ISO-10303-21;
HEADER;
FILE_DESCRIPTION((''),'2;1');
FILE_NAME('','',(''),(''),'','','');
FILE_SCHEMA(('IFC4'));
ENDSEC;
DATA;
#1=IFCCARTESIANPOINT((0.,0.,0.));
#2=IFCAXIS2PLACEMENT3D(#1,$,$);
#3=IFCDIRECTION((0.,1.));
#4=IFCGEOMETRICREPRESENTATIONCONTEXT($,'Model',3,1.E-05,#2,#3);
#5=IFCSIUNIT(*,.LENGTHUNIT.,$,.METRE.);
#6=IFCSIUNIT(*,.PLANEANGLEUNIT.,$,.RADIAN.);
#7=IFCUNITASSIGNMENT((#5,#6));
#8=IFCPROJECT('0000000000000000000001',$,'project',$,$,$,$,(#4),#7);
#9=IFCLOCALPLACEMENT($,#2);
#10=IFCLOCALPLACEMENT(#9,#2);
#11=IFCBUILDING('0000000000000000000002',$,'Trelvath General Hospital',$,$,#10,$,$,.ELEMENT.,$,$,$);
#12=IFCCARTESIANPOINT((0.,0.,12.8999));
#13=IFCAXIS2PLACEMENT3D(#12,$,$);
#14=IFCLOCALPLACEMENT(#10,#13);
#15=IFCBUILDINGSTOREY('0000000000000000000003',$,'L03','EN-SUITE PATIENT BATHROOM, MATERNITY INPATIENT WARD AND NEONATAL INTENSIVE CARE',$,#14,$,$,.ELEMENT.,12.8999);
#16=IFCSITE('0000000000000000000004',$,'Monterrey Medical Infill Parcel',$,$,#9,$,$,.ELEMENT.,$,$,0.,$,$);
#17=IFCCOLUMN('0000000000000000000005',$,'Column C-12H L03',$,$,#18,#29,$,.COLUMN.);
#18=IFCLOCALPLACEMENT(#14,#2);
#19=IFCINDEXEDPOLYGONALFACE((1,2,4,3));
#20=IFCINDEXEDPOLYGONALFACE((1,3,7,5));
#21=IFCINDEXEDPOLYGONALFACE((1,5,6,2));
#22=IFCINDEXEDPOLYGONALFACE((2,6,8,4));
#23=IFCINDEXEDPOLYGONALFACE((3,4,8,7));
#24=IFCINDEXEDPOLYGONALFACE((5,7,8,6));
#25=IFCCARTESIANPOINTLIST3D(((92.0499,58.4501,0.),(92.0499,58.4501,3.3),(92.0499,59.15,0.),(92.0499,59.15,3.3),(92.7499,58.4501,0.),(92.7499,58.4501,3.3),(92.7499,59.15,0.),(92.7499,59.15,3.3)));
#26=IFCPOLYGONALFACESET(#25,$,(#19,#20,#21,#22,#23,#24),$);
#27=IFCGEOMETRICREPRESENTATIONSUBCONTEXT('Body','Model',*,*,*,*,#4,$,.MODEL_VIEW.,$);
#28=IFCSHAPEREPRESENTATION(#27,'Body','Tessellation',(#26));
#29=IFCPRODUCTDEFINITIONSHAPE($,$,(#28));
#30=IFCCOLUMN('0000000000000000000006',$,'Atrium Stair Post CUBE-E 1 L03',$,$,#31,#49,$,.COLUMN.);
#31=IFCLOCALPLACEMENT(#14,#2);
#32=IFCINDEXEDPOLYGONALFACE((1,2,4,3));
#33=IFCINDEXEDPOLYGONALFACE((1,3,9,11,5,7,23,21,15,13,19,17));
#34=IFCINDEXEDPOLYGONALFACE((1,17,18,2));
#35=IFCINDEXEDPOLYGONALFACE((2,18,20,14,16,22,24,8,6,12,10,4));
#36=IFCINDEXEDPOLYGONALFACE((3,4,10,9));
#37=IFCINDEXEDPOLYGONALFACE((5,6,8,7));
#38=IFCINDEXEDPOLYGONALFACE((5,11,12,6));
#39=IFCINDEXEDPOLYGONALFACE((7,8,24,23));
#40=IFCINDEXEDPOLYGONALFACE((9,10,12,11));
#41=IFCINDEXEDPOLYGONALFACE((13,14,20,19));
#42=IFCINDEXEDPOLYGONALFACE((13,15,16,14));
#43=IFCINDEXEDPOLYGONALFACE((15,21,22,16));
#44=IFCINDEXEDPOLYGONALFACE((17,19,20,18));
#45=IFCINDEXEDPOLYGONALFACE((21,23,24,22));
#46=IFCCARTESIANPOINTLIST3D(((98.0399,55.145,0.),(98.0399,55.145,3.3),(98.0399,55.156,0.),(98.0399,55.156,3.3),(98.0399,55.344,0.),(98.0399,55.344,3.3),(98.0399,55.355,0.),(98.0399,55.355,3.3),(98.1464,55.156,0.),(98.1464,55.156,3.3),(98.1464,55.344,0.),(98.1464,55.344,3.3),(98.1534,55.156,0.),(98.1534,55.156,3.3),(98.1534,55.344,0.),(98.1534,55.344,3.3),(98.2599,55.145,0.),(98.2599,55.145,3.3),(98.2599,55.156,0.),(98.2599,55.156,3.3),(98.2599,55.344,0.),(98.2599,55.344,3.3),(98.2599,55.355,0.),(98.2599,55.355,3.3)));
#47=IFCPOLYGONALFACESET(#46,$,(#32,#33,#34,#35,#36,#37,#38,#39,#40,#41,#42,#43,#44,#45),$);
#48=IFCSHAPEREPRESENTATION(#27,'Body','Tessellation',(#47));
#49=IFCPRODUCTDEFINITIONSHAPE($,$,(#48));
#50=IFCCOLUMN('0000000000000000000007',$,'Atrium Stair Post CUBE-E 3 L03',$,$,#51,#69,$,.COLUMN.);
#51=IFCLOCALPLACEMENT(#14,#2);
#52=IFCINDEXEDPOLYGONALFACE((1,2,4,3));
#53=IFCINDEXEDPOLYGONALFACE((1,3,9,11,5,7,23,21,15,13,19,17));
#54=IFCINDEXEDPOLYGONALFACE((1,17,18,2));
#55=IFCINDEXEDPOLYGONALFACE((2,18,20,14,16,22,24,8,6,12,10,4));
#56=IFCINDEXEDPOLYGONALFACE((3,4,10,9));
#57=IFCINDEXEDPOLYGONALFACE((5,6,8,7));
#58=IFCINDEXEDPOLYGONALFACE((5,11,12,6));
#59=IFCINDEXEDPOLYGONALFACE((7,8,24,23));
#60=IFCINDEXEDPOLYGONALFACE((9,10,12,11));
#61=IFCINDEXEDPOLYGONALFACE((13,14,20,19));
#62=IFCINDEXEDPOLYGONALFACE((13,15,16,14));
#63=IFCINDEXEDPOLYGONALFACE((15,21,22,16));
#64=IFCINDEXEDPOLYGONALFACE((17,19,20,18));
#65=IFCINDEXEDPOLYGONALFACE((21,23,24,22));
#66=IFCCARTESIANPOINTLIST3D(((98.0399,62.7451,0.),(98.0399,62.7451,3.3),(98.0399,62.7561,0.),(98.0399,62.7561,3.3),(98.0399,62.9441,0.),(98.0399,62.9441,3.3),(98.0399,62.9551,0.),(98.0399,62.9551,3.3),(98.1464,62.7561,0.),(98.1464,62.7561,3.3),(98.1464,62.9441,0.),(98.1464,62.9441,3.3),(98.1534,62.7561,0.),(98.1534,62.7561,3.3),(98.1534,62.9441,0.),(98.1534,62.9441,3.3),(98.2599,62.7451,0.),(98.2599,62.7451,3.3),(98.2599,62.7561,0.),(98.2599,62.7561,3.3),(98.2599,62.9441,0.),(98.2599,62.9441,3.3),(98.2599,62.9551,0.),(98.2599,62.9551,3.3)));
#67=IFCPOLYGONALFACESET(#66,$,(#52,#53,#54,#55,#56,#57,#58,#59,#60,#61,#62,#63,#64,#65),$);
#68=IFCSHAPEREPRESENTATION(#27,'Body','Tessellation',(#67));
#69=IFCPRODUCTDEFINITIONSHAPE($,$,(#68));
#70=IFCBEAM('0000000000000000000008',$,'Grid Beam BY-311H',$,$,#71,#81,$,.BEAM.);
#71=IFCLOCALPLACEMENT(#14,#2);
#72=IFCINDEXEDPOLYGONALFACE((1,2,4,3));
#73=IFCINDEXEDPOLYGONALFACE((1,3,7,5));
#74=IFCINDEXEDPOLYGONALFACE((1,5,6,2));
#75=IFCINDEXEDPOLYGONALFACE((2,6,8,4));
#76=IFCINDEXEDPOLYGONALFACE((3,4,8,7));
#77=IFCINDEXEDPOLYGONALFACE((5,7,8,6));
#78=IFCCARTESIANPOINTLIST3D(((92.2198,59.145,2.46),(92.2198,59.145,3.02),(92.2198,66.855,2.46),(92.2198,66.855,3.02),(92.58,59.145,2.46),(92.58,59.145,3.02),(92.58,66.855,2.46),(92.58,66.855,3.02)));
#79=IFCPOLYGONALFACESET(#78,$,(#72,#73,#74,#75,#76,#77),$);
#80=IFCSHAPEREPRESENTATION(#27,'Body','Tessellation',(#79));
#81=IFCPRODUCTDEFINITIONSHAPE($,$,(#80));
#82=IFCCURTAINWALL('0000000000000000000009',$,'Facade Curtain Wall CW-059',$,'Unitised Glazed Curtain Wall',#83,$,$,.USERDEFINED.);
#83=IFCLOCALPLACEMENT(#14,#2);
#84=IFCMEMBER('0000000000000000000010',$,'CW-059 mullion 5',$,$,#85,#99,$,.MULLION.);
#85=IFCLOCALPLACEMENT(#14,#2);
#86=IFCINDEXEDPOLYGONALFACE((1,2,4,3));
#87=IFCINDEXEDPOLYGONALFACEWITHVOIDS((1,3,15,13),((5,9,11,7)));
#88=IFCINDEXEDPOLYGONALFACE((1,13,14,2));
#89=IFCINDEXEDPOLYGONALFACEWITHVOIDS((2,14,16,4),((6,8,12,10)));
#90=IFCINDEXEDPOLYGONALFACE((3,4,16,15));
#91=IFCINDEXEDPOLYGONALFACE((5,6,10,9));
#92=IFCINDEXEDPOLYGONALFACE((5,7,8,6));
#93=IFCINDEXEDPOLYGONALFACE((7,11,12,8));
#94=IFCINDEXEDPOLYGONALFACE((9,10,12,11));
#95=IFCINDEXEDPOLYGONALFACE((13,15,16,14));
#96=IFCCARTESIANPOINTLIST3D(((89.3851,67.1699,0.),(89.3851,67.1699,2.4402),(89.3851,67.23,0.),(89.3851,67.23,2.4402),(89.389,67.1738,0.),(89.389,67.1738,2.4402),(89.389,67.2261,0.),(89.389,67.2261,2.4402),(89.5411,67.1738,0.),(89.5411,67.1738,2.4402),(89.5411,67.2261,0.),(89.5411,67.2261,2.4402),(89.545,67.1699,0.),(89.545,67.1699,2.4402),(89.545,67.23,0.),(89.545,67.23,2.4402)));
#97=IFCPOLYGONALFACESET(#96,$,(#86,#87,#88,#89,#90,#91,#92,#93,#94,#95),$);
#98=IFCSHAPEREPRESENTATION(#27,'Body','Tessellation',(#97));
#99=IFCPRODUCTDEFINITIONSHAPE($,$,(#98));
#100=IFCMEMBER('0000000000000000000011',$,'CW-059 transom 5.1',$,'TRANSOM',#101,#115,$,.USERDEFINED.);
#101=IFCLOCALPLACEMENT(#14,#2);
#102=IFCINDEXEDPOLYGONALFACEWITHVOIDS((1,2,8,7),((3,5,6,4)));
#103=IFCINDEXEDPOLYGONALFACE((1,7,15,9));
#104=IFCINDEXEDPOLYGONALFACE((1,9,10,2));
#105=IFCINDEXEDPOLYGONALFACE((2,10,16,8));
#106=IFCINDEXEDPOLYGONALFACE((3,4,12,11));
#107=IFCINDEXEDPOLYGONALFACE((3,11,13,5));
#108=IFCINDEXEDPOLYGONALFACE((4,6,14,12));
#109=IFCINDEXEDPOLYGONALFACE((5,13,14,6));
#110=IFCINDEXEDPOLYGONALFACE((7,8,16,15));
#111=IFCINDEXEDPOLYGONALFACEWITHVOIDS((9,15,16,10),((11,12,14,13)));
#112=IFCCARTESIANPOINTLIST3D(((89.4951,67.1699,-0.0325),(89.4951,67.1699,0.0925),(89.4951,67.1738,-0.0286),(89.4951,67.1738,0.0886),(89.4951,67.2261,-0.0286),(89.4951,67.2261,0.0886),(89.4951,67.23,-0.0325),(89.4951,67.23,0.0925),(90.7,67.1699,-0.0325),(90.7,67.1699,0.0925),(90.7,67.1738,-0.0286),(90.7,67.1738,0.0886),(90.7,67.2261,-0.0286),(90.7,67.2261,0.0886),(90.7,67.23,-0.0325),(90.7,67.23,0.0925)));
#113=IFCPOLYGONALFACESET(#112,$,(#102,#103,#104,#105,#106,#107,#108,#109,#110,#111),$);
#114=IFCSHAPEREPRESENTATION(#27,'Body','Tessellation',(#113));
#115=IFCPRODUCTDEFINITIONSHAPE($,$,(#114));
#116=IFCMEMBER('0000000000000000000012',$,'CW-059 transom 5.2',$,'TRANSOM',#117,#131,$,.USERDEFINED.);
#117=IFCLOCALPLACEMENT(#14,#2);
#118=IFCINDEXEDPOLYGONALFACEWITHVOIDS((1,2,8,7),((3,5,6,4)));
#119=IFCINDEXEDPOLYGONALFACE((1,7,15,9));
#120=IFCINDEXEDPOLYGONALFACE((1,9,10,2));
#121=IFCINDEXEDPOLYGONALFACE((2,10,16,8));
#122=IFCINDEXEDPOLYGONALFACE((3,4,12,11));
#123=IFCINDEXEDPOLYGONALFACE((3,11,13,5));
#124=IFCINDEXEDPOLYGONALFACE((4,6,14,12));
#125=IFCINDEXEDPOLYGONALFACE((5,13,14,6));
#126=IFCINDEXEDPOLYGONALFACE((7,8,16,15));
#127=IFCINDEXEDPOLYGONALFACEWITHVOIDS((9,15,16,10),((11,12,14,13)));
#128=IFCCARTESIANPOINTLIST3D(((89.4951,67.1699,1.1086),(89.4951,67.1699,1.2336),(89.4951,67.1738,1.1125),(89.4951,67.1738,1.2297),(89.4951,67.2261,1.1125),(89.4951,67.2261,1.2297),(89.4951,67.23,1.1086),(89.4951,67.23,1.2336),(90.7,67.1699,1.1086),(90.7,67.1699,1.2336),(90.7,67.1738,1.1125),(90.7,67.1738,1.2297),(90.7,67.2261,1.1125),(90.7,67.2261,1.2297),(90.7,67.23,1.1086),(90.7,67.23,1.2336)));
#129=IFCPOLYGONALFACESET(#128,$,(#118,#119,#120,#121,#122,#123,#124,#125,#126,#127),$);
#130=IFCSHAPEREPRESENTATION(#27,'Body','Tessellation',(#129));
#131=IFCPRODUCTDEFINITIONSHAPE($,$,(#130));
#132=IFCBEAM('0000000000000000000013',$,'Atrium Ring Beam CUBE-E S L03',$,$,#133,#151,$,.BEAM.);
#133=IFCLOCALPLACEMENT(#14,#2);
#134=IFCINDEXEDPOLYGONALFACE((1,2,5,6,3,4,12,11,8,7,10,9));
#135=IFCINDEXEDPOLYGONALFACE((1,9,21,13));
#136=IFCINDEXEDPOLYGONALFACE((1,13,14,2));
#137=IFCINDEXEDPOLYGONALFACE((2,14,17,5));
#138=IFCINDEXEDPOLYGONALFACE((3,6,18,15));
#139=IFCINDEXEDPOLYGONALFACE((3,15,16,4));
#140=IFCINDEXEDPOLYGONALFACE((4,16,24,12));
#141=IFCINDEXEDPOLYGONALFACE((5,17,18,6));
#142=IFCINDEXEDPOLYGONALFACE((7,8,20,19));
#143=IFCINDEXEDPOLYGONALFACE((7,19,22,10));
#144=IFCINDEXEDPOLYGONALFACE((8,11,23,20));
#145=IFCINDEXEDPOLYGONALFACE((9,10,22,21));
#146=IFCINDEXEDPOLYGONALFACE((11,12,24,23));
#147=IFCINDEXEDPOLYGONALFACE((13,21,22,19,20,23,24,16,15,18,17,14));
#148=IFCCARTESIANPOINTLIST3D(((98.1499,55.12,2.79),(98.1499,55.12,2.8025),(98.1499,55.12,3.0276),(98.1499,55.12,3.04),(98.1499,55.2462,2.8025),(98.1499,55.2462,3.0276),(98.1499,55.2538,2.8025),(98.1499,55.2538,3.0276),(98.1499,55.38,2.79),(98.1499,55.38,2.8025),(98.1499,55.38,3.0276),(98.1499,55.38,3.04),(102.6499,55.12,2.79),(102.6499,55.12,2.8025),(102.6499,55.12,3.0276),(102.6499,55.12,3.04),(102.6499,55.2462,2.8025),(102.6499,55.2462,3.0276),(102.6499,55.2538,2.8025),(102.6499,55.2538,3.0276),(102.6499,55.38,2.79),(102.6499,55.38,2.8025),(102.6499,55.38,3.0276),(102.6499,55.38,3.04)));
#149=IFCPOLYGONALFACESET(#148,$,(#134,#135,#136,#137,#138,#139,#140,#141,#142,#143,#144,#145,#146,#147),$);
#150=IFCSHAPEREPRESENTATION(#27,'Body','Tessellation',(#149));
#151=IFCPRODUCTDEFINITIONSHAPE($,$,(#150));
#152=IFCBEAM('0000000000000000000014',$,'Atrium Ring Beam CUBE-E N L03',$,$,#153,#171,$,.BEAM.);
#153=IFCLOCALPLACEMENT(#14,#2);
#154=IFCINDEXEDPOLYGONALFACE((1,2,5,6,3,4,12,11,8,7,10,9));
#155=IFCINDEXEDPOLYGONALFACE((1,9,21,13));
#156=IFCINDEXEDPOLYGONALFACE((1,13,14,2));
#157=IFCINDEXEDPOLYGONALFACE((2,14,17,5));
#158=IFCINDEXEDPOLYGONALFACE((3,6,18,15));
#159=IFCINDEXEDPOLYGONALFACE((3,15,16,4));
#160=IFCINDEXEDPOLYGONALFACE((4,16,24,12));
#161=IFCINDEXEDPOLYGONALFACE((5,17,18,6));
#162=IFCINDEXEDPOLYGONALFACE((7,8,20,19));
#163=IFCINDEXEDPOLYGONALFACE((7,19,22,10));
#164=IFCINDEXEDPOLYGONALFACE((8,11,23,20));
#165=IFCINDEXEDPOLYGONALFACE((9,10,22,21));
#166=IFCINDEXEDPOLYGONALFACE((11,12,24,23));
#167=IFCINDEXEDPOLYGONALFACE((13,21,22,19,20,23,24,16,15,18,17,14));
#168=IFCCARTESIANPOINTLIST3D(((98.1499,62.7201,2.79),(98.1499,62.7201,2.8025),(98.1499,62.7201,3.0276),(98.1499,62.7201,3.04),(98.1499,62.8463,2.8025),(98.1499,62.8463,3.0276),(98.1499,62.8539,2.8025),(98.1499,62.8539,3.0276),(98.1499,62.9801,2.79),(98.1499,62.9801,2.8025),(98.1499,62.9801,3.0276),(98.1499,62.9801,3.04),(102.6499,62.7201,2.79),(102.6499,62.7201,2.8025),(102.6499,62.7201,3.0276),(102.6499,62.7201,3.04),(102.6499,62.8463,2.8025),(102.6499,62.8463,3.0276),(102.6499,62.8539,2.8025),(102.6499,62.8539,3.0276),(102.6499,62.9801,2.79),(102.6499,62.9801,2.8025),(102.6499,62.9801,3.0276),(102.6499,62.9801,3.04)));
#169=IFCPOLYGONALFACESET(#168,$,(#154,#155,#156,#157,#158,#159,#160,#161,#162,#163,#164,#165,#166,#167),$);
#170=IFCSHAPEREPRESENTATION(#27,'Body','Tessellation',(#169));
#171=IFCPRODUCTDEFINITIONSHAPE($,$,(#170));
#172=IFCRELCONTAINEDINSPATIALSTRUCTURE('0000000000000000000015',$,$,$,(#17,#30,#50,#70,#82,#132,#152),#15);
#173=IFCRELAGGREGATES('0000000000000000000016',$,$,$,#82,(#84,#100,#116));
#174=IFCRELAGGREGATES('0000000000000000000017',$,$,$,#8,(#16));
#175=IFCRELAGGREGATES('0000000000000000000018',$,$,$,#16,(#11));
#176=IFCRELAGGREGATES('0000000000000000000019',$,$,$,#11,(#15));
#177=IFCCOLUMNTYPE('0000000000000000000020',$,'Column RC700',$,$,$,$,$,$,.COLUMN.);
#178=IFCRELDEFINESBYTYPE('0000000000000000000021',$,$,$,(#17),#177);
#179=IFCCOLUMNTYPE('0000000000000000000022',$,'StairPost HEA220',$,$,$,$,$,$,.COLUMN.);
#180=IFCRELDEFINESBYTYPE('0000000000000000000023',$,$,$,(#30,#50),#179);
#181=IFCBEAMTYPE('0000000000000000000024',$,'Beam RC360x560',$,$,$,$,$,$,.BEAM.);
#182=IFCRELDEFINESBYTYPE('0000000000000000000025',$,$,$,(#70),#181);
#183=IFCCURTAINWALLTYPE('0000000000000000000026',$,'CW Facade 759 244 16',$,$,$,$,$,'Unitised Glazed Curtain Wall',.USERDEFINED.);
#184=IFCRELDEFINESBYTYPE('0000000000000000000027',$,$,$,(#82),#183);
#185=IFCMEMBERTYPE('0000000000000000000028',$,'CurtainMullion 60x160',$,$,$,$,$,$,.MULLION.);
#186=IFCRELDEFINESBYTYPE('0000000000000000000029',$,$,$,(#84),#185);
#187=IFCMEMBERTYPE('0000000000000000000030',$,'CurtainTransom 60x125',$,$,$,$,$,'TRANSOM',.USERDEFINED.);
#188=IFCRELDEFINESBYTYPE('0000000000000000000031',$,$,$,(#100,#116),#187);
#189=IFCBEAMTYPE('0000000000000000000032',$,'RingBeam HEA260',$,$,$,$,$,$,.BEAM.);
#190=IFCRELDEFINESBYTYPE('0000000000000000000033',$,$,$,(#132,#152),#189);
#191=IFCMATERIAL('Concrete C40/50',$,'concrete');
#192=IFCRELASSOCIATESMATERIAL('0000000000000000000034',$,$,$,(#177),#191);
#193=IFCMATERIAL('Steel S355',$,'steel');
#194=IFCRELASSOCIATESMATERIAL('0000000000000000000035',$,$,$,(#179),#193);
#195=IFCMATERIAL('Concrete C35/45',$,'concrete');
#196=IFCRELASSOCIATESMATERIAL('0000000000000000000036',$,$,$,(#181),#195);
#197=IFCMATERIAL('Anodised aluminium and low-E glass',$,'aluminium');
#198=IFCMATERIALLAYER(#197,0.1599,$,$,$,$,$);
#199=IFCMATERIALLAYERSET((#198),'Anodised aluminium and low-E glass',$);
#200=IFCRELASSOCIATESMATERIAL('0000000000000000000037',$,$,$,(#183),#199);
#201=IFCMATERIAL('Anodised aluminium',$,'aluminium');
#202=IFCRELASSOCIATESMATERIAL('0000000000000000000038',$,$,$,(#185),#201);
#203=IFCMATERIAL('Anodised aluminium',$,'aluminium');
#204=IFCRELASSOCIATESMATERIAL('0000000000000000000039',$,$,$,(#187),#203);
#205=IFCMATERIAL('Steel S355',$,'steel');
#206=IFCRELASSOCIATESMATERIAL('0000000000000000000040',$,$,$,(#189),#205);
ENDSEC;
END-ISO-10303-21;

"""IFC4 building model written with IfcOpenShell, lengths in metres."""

from ifc_helpers import new_model, si_unit, direction, frame, origin, origin_2d, place, context, subcontext, project, spatial, rectangle, hollow_rectangle, i_section, extrude, material, layer, layer_set, material_profile, profile_set, type_object, element, aggregate, save


model = new_model("IFC4")

# Units and contexts
model_context = context("Model", 3, precision=1e-05, world=origin(), true_north=direction((0.0, 1.0)))
body_context = subcontext(model_context, "Body", "Model", "MODEL_VIEW")
ifc_project = project(units=[si_unit("LENGTHUNIT", "METRE"), si_unit("PLANEANGLEUNIT", "RADIAN")], contexts=[model_context])

# Site, building, storey
site_placement = place(None, origin())
site = spatial("IfcSite", under=ifc_project, at=site_placement, Name="Monterrey Medical Infill Parcel", CompositionType="ELEMENT", RefElevation=0.0)
building_placement = place(site_placement, origin())
building = spatial("IfcBuilding", under=site, at=building_placement, Name="Trelvath General Hospital", CompositionType="ELEMENT")
storey_placement = place(building_placement, frame((0.0, 0.0, 12.8999)))
storey = spatial("IfcBuildingStorey", under=building, at=storey_placement, Name="L03", Description="EN-SUITE PATIENT BATHROOM, MATERNITY INPATIENT WARD AND NEONATAL INTENSIVE CARE", CompositionType="ELEMENT", Elevation=12.8999)

# Columns
ifc_material_1 = material(Name="Concrete C40/50", Category="concrete")
ifc_material_profile_1 = material_profile(ifc_material_1, rectangle(XDim=0.7, YDim=0.7, at=origin_2d()), Name="RC700x700")
ifc_profile_set_1 = profile_set([ifc_material_profile_1], Name="Concrete C40/50")
column_type_1 = type_object("IfcColumnType", Name="Column RC700", PredefinedType="COLUMN", material=ifc_profile_set_1)
column_placement = place(storey_placement, frame((92.3999, 58.8, 0.0), z_axis=(0.0, 0.0, 1.0), x_axis=(1.0, 0.0, 0.0)))
element("IfcColumn", 1, at=column_placement, inside=storey, type_object=column_type_1, Name="Column C-12H L03", PredefinedType="COLUMN", context=body_context, shape_type="SweptSolid", body=[
    extrude(rectangle(XDim=0.7, YDim=0.7, at=origin_2d()), origin(), (0.0, 0.0, 1.0), 3.3),
])
ifc_material_2 = material(Name="Steel S355", Category="steel")
ifc_material_profile_2 = material_profile(ifc_material_2, i_section(OverallWidth=0.22, OverallDepth=0.21, WebThickness=0.0071, FlangeThickness=0.011, at=origin_2d()), Name="HEA220")
ifc_profile_set_2 = profile_set([ifc_material_profile_2], Name="Steel S355")
column_type_2 = type_object("IfcColumnType", Name="StairPost HEA220", PredefinedType="COLUMN", material=ifc_profile_set_2)
for number, where, z_axis, x_axis, name in (
    (2, (98.1499, 55.25, 0.0), (0.0, 0.0, 1.0), (1.0, 0.0, 0.0), "Atrium Stair Post CUBE-E 1 L03"),
    (3, (98.1499, 62.8501, 0.0), (0.0, 0.0, 1.0), (1.0, 0.0, 0.0), "Atrium Stair Post CUBE-E 3 L03"),
):
    element("IfcColumn", number, at=place(storey_placement, frame(where, z_axis=z_axis, x_axis=x_axis)), inside=storey, type_object=column_type_2, Name=name, PredefinedType="COLUMN", context=body_context, shape_type="SweptSolid", body=[
        extrude(i_section(OverallWidth=0.22, OverallDepth=0.21, WebThickness=0.0071, FlangeThickness=0.011, at=origin_2d()), origin(), (0.0, 0.0, 1.0), 3.3),
    ])

# Beam
ifc_material_3 = material(Name="Concrete C35/45", Category="concrete")
ifc_material_profile_3 = material_profile(ifc_material_3, rectangle(XDim=0.3601, YDim=0.5601, at=origin_2d()), Name="RCB360x560")
ifc_profile_set_3 = profile_set([ifc_material_profile_3], Name="Concrete C35/45")
beam_type_1 = type_object("IfcBeamType", Name="Beam RC360x560", PredefinedType="BEAM", material=ifc_profile_set_3)
beam_1_placement = place(storey_placement, frame((92.3999, 59.145, 2.74), z_axis=(0.0, 1.0, 0.0), x_axis=(-1.0, 0.0, 0.0)))
element("IfcBeam", 4, at=beam_1_placement, inside=storey, type_object=beam_type_1, Name="Grid Beam BY-311H", PredefinedType="BEAM", context=body_context, shape_type="SweptSolid", body=[
    extrude(rectangle(XDim=0.3601, YDim=0.5601, at=origin_2d()), origin(), (0.0, 0.0, 1.0), 7.71),
])

# Curtain wall, members
ifc_material_4 = material(Name="Anodised aluminium and low-E glass", Category="aluminium")
ifc_layer_1 = layer(ifc_material_4, 0.1599)
ifc_layer_set_1 = layer_set([ifc_layer_1], Name="Anodised aluminium and low-E glass")
curtain_wall_type = type_object("IfcCurtainWallType", Name="CW Facade 759 244 16", ElementType="Unitised Glazed Curtain Wall", PredefinedType="USERDEFINED", material=ifc_layer_set_1)
curtain_wall_placement = place(storey_placement, origin())
curtain_wall = element("IfcCurtainWall", 5, at=curtain_wall_placement, inside=storey, type_object=curtain_wall_type, Name="Facade Curtain Wall CW-059", ObjectType="Unitised Glazed Curtain Wall", PredefinedType="USERDEFINED")
ifc_material_5 = material(Name="Anodised aluminium", Category="aluminium")
ifc_material_profile_4 = material_profile(ifc_material_5, hollow_rectangle(XDim=0.0601, YDim=0.1599, WallThickness=0.0039, at=origin_2d()), Name="RHS60x160x4")
ifc_profile_set_4 = profile_set([ifc_material_profile_4], Name="Anodised aluminium")
member_type_1 = type_object("IfcMemberType", Name="CurtainMullion 60x160", PredefinedType="MULLION", material=ifc_profile_set_4)
member_1_placement = place(storey_placement, frame((89.4651, 67.2, 0.0), z_axis=(0.0, 0.0, 1.0), x_axis=(0.0, 1.0, 0.0)))
member_1 = element("IfcMember", 6, at=member_1_placement, type_object=member_type_1, Name="CW-059 mullion 5", PredefinedType="MULLION", context=body_context, shape_type="SweptSolid", body=[
    extrude(hollow_rectangle(XDim=0.0601, YDim=0.1599, WallThickness=0.0039, at=origin_2d()), origin(), (0.0, 0.0, 1.0), 2.4402),
])
ifc_material_6 = material(Name="Anodised aluminium", Category="aluminium")
ifc_material_profile_5 = material_profile(ifc_material_6, hollow_rectangle(XDim=0.0601, YDim=0.125, WallThickness=0.0039, at=origin_2d()), Name="RHS60x125x4")
ifc_profile_set_5 = profile_set([ifc_material_profile_5], Name="Anodised aluminium")
member_type_2 = type_object("IfcMemberType", Name="CurtainTransom 60x125", ElementType="TRANSOM", PredefinedType="USERDEFINED", material=ifc_profile_set_5)
member_2_placement = place(storey_placement, frame((89.4951, 67.2, 0.03), z_axis=(1.0, 0.0, 0.0), x_axis=(0.0, 1.0, 0.0)))
member_2 = element("IfcMember", 7, at=member_2_placement, type_object=member_type_2, Name="CW-059 transom 5.1", ObjectType="TRANSOM", PredefinedType="USERDEFINED", context=body_context, shape_type="SweptSolid", body=[
    extrude(hollow_rectangle(XDim=0.0601, YDim=0.125, WallThickness=0.0039, at=origin_2d()), origin(), (0.0, 0.0, 1.0), 1.2048),
])
member_3_placement = place(storey_placement, frame((89.4951, 67.2, 1.1711), z_axis=(1.0, 0.0, 0.0), x_axis=(0.0, 1.0, 0.0)))
member_3 = element("IfcMember", 8, at=member_3_placement, type_object=member_type_2, Name="CW-059 transom 5.2", ObjectType="TRANSOM", PredefinedType="USERDEFINED", context=body_context, shape_type="SweptSolid", body=[
    extrude(hollow_rectangle(XDim=0.0601, YDim=0.125, WallThickness=0.0039, at=origin_2d()), origin(), (0.0, 0.0, 1.0), 1.2048),
])

# Beams
ifc_material_7 = material(Name="Steel S355", Category="steel")
ifc_material_profile_6 = material_profile(ifc_material_7, i_section(OverallWidth=0.26, OverallDepth=0.25, WebThickness=0.0076, FlangeThickness=0.0125, at=origin_2d()), Name="HEA260")
ifc_profile_set_6 = profile_set([ifc_material_profile_6], Name="Steel S355")
beam_type_2 = type_object("IfcBeamType", Name="RingBeam HEA260", PredefinedType="BEAM", material=ifc_profile_set_6)
for number, where, z_axis, x_axis, name in (
    (9, (98.1499, 55.25, 2.915), (1.0, 0.0, 0.0), (0.0, 1.0, 0.0), "Atrium Ring Beam CUBE-E S L03"),
    (10, (98.1499, 62.8501, 2.915), (1.0, 0.0, 0.0), (0.0, 1.0, 0.0), "Atrium Ring Beam CUBE-E N L03"),
):
    element("IfcBeam", number, at=place(storey_placement, frame(where, z_axis=z_axis, x_axis=x_axis)), inside=storey, type_object=beam_type_2, Name=name, PredefinedType="BEAM", context=body_context, shape_type="SweptSolid", body=[
        extrude(i_section(OverallWidth=0.26, OverallDepth=0.25, WebThickness=0.0076, FlangeThickness=0.0125, at=origin_2d()), origin(), (0.0, 0.0, 1.0), 4.5),
    ])

aggregate(curtain_wall, [member_1, member_2, member_3])

save(model, "model.ifc")
